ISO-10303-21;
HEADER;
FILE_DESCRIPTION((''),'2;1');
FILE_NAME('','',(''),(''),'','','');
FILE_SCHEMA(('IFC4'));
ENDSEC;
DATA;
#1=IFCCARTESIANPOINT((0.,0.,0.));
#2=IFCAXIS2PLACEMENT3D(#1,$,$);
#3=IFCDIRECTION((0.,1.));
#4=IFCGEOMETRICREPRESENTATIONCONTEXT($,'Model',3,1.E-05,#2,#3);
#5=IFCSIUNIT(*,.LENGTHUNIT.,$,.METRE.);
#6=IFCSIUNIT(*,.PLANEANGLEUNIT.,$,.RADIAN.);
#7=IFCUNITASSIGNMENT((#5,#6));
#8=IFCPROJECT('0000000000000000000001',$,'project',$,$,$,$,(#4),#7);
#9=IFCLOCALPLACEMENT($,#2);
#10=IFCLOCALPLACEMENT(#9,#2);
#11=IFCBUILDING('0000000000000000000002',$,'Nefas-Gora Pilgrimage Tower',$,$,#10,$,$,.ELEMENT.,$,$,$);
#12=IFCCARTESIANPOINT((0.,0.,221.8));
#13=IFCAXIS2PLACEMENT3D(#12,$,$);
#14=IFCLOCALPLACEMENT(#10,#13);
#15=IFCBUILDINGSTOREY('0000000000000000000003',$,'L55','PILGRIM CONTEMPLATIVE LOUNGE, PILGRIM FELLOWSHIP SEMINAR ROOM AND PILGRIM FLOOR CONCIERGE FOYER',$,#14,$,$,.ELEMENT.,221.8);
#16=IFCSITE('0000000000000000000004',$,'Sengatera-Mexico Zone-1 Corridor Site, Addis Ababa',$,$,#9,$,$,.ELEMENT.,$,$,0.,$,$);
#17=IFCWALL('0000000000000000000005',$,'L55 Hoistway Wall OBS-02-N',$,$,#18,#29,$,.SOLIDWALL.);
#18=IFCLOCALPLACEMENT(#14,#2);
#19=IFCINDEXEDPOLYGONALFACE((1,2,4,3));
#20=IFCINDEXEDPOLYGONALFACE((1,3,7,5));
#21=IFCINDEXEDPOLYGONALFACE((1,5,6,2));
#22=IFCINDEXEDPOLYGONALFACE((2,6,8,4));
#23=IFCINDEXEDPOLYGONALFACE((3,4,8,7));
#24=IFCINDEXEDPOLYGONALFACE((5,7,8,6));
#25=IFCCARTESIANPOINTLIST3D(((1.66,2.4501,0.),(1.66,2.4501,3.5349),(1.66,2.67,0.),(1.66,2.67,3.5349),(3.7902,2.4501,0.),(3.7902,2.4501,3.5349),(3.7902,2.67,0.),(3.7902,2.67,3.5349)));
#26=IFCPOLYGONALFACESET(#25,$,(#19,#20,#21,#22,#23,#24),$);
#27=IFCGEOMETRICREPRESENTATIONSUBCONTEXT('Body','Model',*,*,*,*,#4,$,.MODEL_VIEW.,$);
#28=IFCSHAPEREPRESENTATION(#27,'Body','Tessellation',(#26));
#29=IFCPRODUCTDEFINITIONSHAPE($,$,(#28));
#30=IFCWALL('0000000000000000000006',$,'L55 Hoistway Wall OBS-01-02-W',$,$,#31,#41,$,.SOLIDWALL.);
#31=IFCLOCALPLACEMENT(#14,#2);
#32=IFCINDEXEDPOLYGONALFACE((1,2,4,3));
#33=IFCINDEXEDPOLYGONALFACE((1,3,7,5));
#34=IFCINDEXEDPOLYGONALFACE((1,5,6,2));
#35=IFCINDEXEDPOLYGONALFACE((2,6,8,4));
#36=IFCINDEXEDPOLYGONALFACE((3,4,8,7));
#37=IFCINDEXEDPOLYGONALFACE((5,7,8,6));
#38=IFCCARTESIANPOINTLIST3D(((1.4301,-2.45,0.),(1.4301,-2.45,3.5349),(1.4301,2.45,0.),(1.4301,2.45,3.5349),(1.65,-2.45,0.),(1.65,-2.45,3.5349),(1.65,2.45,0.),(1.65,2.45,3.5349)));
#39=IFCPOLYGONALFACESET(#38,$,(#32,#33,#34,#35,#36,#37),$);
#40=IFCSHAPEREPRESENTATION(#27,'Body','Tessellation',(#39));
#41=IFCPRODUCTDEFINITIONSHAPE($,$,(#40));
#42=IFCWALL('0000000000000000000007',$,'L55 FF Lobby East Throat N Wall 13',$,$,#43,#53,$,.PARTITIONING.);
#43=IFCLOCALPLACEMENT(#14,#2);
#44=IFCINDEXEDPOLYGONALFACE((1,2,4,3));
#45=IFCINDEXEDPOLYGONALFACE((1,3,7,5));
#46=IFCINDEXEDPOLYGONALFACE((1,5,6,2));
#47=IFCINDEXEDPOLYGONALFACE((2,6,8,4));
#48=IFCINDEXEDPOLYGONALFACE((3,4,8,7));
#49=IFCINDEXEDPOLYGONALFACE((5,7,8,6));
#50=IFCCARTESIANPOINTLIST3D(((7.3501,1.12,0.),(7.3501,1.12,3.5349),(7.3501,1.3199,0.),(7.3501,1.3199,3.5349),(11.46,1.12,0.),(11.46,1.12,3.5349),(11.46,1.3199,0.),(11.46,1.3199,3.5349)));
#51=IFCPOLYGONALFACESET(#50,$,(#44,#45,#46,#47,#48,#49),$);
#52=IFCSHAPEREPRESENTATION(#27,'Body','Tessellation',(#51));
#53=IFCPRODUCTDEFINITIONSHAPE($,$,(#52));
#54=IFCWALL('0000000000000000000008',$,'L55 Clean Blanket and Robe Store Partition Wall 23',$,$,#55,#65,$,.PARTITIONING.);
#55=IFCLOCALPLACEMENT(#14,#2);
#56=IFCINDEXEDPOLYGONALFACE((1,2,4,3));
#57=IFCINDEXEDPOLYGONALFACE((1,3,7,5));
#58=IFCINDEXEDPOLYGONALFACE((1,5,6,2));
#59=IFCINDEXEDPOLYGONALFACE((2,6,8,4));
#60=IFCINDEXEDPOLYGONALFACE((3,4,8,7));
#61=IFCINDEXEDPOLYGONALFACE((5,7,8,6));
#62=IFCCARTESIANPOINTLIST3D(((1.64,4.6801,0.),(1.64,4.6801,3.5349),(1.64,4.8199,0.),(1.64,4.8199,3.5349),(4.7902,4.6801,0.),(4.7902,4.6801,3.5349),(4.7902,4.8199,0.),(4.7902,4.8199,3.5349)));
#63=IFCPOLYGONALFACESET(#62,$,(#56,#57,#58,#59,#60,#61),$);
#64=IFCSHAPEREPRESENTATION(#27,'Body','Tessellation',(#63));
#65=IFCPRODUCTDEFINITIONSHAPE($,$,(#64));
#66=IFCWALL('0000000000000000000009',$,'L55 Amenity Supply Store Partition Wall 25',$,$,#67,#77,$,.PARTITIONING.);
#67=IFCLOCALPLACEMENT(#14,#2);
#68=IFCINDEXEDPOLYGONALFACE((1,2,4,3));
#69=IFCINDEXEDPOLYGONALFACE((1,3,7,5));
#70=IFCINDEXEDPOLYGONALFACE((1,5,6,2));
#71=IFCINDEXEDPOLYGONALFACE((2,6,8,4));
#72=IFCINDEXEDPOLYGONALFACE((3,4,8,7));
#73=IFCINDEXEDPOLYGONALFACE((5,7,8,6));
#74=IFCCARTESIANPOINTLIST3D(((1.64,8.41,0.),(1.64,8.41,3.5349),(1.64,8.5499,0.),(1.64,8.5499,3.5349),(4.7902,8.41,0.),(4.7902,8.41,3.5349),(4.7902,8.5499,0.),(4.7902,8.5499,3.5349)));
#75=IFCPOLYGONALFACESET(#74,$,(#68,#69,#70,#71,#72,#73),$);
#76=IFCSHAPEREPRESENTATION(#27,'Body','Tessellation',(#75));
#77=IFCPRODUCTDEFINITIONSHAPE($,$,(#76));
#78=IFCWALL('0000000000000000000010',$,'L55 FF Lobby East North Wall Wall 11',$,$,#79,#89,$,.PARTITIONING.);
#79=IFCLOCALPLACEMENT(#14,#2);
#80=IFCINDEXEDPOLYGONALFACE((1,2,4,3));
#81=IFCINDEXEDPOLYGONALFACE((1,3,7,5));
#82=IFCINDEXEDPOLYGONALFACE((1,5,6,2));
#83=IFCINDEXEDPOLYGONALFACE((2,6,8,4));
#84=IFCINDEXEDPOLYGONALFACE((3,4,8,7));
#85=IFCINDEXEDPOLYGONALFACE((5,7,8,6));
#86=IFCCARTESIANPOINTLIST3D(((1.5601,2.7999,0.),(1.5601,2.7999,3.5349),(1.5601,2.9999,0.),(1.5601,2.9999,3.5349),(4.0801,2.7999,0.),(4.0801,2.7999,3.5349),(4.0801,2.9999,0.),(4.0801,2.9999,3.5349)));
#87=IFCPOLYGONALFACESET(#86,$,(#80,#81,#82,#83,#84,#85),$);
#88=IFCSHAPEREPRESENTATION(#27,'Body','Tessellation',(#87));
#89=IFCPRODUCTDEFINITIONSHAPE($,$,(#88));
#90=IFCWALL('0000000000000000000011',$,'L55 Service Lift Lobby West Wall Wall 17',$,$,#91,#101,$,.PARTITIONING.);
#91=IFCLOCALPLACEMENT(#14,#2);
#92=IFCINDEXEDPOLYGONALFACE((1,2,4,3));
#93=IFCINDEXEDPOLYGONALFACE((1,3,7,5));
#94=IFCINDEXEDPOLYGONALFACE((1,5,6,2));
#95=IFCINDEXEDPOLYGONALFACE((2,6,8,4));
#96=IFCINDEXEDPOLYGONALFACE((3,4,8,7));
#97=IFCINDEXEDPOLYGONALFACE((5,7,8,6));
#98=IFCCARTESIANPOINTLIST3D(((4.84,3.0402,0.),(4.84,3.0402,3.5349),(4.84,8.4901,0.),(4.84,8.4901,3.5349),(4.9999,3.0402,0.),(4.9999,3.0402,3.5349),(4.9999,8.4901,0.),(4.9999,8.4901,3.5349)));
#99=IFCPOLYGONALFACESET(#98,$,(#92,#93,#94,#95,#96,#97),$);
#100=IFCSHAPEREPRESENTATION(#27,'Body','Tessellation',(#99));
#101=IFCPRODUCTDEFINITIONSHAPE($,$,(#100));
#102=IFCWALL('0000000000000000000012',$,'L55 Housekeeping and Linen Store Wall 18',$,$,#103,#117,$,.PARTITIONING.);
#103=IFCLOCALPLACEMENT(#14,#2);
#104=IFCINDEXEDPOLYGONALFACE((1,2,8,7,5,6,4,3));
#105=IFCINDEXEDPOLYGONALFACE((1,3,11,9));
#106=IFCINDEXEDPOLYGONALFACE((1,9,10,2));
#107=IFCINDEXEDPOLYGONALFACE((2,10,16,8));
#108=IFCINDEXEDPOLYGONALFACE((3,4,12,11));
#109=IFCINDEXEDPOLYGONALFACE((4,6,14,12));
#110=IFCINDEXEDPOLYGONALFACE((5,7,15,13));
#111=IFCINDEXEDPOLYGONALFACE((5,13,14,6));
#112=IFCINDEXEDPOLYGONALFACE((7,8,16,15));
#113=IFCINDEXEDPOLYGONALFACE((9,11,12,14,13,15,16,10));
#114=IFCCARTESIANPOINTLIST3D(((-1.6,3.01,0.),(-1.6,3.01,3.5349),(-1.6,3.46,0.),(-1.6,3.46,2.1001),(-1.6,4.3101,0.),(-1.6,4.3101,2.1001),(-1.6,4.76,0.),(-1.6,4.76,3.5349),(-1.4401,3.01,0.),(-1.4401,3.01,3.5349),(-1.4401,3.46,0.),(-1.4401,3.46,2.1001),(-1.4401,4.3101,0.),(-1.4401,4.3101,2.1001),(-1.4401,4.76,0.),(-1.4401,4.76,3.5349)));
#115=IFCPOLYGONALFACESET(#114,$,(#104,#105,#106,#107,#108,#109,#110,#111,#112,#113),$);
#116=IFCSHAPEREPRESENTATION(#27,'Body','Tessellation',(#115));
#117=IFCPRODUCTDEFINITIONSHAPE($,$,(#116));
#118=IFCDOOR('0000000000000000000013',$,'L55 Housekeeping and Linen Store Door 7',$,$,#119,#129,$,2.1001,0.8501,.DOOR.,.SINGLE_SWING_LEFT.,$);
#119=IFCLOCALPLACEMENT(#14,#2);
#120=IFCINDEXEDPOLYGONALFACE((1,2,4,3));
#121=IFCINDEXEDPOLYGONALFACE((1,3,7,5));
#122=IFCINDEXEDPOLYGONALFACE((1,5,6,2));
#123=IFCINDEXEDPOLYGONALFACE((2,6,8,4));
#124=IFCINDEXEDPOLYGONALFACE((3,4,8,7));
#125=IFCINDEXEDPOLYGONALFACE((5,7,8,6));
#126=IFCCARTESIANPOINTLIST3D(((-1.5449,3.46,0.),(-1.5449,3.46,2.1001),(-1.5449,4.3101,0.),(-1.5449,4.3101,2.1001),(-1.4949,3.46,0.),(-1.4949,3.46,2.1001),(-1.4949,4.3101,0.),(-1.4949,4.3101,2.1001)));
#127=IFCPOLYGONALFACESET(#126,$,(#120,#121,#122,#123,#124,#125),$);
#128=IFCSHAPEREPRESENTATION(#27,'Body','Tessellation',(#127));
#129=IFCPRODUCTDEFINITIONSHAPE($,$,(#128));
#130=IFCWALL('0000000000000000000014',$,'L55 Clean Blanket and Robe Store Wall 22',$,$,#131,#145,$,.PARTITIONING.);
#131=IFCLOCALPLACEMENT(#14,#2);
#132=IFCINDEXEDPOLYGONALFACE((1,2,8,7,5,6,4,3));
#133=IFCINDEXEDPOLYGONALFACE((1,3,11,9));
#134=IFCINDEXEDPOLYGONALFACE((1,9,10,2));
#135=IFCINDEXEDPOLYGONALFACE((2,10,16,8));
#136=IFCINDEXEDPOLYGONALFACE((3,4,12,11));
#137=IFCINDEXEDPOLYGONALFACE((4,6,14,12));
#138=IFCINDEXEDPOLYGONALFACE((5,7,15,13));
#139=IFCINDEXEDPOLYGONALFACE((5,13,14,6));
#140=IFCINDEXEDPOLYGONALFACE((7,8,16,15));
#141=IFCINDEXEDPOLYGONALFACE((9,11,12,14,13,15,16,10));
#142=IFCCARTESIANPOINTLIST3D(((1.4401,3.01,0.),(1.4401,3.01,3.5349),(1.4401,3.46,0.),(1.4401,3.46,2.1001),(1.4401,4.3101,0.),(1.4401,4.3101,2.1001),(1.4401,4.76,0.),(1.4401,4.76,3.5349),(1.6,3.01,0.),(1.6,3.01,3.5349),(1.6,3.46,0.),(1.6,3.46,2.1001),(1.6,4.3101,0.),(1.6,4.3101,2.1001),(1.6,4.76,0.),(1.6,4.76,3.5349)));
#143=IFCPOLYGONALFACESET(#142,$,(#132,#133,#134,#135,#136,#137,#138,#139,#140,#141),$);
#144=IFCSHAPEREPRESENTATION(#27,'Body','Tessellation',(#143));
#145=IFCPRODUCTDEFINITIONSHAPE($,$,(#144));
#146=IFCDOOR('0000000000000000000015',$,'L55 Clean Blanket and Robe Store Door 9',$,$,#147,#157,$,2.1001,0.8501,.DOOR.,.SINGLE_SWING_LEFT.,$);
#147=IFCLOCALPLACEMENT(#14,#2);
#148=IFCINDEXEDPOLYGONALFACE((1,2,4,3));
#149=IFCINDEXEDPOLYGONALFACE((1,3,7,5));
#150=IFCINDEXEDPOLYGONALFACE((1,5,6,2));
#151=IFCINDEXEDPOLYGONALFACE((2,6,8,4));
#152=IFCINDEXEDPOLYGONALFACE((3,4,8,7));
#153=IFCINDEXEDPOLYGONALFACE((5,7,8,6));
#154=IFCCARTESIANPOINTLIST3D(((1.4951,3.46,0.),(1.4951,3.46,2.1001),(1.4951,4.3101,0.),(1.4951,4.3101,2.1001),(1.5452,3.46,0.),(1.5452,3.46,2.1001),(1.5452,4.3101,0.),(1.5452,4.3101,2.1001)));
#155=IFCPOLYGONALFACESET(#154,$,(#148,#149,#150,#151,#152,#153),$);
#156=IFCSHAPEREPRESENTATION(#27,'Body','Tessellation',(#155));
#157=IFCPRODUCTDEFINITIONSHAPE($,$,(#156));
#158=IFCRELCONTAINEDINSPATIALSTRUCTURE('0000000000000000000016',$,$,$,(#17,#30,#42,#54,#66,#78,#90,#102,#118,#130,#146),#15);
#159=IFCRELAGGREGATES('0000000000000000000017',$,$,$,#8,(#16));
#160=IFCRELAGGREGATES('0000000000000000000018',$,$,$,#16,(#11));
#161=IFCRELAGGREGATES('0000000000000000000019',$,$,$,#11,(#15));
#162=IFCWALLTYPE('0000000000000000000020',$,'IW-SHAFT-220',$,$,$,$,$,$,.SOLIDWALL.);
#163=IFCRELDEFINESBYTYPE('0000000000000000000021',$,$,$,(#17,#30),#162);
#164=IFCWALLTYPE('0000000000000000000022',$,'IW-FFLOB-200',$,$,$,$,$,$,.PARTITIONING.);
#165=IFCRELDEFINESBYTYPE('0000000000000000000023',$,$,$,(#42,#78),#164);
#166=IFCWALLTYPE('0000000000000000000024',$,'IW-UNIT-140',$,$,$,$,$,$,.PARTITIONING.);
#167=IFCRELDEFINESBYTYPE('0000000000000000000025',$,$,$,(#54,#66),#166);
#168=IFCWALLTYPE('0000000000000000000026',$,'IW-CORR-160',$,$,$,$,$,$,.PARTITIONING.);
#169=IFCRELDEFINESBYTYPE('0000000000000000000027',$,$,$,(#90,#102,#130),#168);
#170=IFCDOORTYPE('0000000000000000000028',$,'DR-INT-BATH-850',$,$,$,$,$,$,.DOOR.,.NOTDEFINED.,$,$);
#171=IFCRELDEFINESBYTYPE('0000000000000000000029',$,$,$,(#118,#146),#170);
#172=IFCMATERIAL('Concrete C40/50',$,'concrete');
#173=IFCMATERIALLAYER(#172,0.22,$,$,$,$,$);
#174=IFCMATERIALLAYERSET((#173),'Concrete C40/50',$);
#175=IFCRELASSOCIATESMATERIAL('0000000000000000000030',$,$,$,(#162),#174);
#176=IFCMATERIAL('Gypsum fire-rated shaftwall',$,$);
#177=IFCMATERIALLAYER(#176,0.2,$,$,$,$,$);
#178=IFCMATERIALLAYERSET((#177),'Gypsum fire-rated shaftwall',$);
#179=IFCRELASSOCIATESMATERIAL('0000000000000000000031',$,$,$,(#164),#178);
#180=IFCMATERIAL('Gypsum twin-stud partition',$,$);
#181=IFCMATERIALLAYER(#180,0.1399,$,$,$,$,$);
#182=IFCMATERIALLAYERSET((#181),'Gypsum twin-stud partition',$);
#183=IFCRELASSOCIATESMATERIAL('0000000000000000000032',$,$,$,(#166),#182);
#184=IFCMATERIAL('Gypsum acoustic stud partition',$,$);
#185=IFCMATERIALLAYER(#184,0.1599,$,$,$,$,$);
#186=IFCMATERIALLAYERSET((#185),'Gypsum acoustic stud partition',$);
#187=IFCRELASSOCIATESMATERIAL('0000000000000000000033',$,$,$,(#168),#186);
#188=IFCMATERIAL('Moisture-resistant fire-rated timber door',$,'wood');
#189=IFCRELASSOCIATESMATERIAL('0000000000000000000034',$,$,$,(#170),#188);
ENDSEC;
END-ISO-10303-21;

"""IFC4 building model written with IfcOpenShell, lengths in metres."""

from ifc_helpers import new_model, si_unit, direction, frame, frame_2d, origin, place, context, subcontext, project, spatial, rectangle, extrude, source, transform, mapped, material, layer, layer_set, type_object, element, fill, save


model = new_model("IFC4")

# Units and contexts
model_context = context("Model", 3, precision=1e-05, world=origin(), true_north=direction((0.0, 1.0)))
body_context = subcontext(model_context, "Body", "Model", "MODEL_VIEW")
ifc_project = project(units=[si_unit("LENGTHUNIT", "METRE"), si_unit("PLANEANGLEUNIT", "RADIAN")], contexts=[model_context])

# Site, building, storey
site_placement = place(None, origin())
site = spatial("IfcSite", under=ifc_project, at=site_placement, Name="Sengatera-Mexico Zone-1 Corridor Site, Addis Ababa", CompositionType="ELEMENT", RefElevation=0.0)
building_placement = place(site_placement, origin())
building = spatial("IfcBuilding", under=site, at=building_placement, Name="Nefas-Gora Pilgrimage Tower", CompositionType="ELEMENT")
storey_placement = place(building_placement, frame((0.0, 0.0, 221.8)))
storey = spatial("IfcBuildingStorey", under=building, at=storey_placement, Name="L55", Description="PILGRIM CONTEMPLATIVE LOUNGE, PILGRIM FELLOWSHIP SEMINAR ROOM AND PILGRIM FLOOR CONCIERGE FOYER", CompositionType="ELEMENT", Elevation=221.8)

# Shared definitions
ifc_material_1 = material(Name="Concrete C40/50", Category="concrete")

# Shared definitions
ifc_layer_1 = layer(ifc_material_1, 0.22)
ifc_layer_set_1 = layer_set([ifc_layer_1], Name="Concrete C40/50")
wall_type_1 = type_object("IfcWallType", Name="IW-SHAFT-220", PredefinedType="SOLIDWALL", material=ifc_layer_set_1)

# Walls
shared_shape_1 = source(origin(), body_context, "Body", "SweptSolid", [
    extrude(rectangle(XDim=2.1301, YDim=0.22, at=frame_2d((1.0649, 0.0))), origin(), (0.0, 0.0, 1.0), 3.5349),
])
for number, where, z_axis, x_axis, name in (
    (1, (3.79, 2.5601, 0.0), (0.0, 0.0, 1.0), (-1.0, 0.0, 0.0), "L55 Hoistway Wall OBS-02-N"),
):
    element("IfcWall", number, at=place(storey_placement, frame(where, z_axis=z_axis, x_axis=x_axis)), inside=storey, type_object=wall_type_1, Name=name, PredefinedType="SOLIDWALL", context=body_context, shape_type="MappedRepresentation", body=[
        mapped(shared_shape_1, transform((0.0, 0.0, 0.0), x_axis=(1.0, 0.0, 0.0), y_axis=(0.0, 1.0, 0.0), z_axis=(0.0, 0.0, 1.0), scale=1.0)),
    ])
shared_shape_2 = source(origin(), body_context, "Body", "SweptSolid", [
    extrude(rectangle(XDim=4.8999, YDim=0.22, at=frame_2d((2.45, 0.0))), origin(), (0.0, 0.0, 1.0), 3.5349),
])
wall_1_placement = place(storey_placement, frame((1.54, 2.45, 0.0), z_axis=(0.0, 0.0, 1.0), x_axis=(0.0, -1.0, 0.0)))
element("IfcWall", 2, at=wall_1_placement, inside=storey, type_object=wall_type_1, Name="L55 Hoistway Wall OBS-01-02-W", PredefinedType="SOLIDWALL", context=body_context, shape_type="MappedRepresentation", body=[
    mapped(shared_shape_2, transform((0.0, 0.0, 0.0), x_axis=(1.0, 0.0, 0.0), y_axis=(0.0, 1.0, 0.0), z_axis=(0.0, 0.0, 1.0), scale=1.0)),
])

# Shared definitions
ifc_material_2 = material(Name="Gypsum fire-rated shaftwall")
ifc_layer_2 = layer(ifc_material_2, 0.2)
ifc_layer_set_2 = layer_set([ifc_layer_2], Name="Gypsum fire-rated shaftwall")
wall_type_2 = type_object("IfcWallType", Name="IW-FFLOB-200", PredefinedType="PARTITIONING", material=ifc_layer_set_2)

# Walls
shared_shape_3 = source(origin(), body_context, "Body", "SweptSolid", [
    extrude(rectangle(XDim=4.1099, YDim=0.2, at=frame_2d((2.0549, 0.0))), origin(), (0.0, 0.0, 1.0), 3.5349),
])
wall_2_placement = place(storey_placement, frame((7.3501, 1.22, 0.0), z_axis=(0.0, 0.0, 1.0), x_axis=(1.0, 0.0, 0.0)))
element("IfcWall", 3, at=wall_2_placement, inside=storey, type_object=wall_type_2, Name="L55 FF Lobby East Throat N Wall 13", PredefinedType="PARTITIONING", context=body_context, shape_type="MappedRepresentation", body=[
    mapped(shared_shape_3, transform((0.0, 0.0, 0.0), x_axis=(1.0, 0.0, 0.0), y_axis=(0.0, 1.0, 0.0), z_axis=(0.0, 0.0, 1.0), scale=1.0)),
])
ifc_material_3 = material(Name="Gypsum twin-stud partition")
ifc_layer_3 = layer(ifc_material_3, 0.1399)
ifc_layer_set_3 = layer_set([ifc_layer_3], Name="Gypsum twin-stud partition")
wall_type_3 = type_object("IfcWallType", Name="IW-UNIT-140", PredefinedType="PARTITIONING", material=ifc_layer_set_3)
shared_shape_4 = source(origin(), body_context, "Body", "SweptSolid", [
    extrude(rectangle(XDim=3.1501, YDim=0.1399, at=frame_2d((1.5752, 0.0))), origin(), (0.0, 0.0, 1.0), 3.5349),
])
for number, where, z_axis, x_axis, name in (
    (4, (1.6399, 4.75, 0.0), (0.0, 0.0, 1.0), (1.0, 0.0, 0.0), "L55 Clean Blanket and Robe Store Partition Wall 23"),
    (5, (1.6399, 8.48, 0.0), (0.0, 0.0, 1.0), (1.0, 0.0, 0.0), "L55 Amenity Supply Store Partition Wall 25"),
):
    element("IfcWall", number, at=place(storey_placement, frame(where, z_axis=z_axis, x_axis=x_axis)), inside=storey, type_object=wall_type_3, Name=name, PredefinedType="PARTITIONING", context=body_context, shape_type="MappedRepresentation", body=[
        mapped(shared_shape_4, transform((0.0, 0.0, 0.0), x_axis=(1.0, 0.0, 0.0), y_axis=(0.0, 1.0, 0.0), z_axis=(0.0, 0.0, 1.0), scale=1.0)),
    ])
shared_shape_5 = source(origin(), body_context, "Body", "SweptSolid", [
    extrude(rectangle(XDim=2.52, YDim=0.2, at=frame_2d((1.26, 0.0))), origin(), (0.0, 0.0, 1.0), 3.5349),
])
wall_3_placement = place(storey_placement, frame((1.5601, 2.8999, 0.0), z_axis=(0.0, 0.0, 1.0), x_axis=(1.0, 0.0, 0.0)))
element("IfcWall", 6, at=wall_3_placement, inside=storey, type_object=wall_type_2, Name="L55 FF Lobby East North Wall Wall 11", PredefinedType="PARTITIONING", context=body_context, shape_type="MappedRepresentation", body=[
    mapped(shared_shape_5, transform((0.0, 0.0, 0.0), x_axis=(1.0, 0.0, 0.0), y_axis=(0.0, 1.0, 0.0), z_axis=(0.0, 0.0, 1.0), scale=1.0)),
])
ifc_material_4 = material(Name="Gypsum acoustic stud partition")
ifc_layer_4 = layer(ifc_material_4, 0.1599)
ifc_layer_set_4 = layer_set([ifc_layer_4], Name="Gypsum acoustic stud partition")
wall_type_4 = type_object("IfcWallType", Name="IW-CORR-160", PredefinedType="PARTITIONING", material=ifc_layer_set_4)
shared_shape_6 = source(origin(), body_context, "Body", "SweptSolid", [
    extrude(rectangle(XDim=5.45, YDim=0.1599, at=frame_2d((2.7251, 0.0))), origin(), (0.0, 0.0, 1.0), 3.5349),
])
wall_4_placement = place(storey_placement, frame((4.9199, 3.04, 0.0), z_axis=(0.0, 0.0, 1.0), x_axis=(0.0, 1.0, 0.0)))
element("IfcWall", 7, at=wall_4_placement, inside=storey, type_object=wall_type_4, Name="L55 Service Lift Lobby West Wall Wall 17", PredefinedType="PARTITIONING", context=body_context, shape_type="MappedRepresentation", body=[
    mapped(shared_shape_6, transform((0.0, 0.0, 0.0), x_axis=(1.0, 0.0, 0.0), y_axis=(0.0, 1.0, 0.0), z_axis=(0.0, 0.0, 1.0), scale=1.0)),
])

# Walls, openings, doors
shared_shape_7 = source(origin(), body_context, "Body", "SweptSolid", [
    extrude(rectangle(XDim=1.75, YDim=0.1599, at=frame_2d((0.875, 0.0))), origin(), (0.0, 0.0, 1.0), 3.5349),
])
wall_5_placement = place(storey_placement, frame((-1.52, 3.01, 0.0), z_axis=(0.0, 0.0, 1.0), x_axis=(0.0, 1.0, 0.0)))
wall_5 = element("IfcWall", 8, at=wall_5_placement, inside=storey, type_object=wall_type_4, Name="L55 Housekeeping and Linen Store Wall 18", PredefinedType="PARTITIONING", context=body_context, shape_type="MappedRepresentation", body=[
    mapped(shared_shape_7, transform((0.0, 0.0, 0.0), x_axis=(1.0, 0.0, 0.0), y_axis=(0.0, 1.0, 0.0), z_axis=(0.0, 0.0, 1.0), scale=1.0)),
])
opening_1_placement = place(wall_5_placement, frame((0.45, 0.0, 0.0)))
opening_1 = element("IfcOpeningElement", 9, at=opening_1_placement, cuts=wall_5, PredefinedType="OPENING", context=body_context, shape_type="SweptSolid", body=[
    extrude(rectangle(XDim=0.8501, YDim=2.1001, at=frame_2d((0.425, 1.05))), frame((0.0, 0.0898, 0.0), z_axis=(0.0, -1.0, 0.0), x_axis=(1.0, 0.0, 0.0)), (0.0, 0.0, 1.0), 0.1799),
])
ifc_material_5 = material(Name="Moisture-resistant fire-rated timber door", Category="wood")
door_type_1 = type_object("IfcDoorType", Name="DR-INT-BATH-850", OperationType="NOTDEFINED", PredefinedType="DOOR", material=ifc_material_5)
shared_shape_8 = source(origin(), body_context, "Body", "SweptSolid", [
    extrude(rectangle(XDim=0.8501, YDim=2.1001, at=frame_2d((0.425, 1.05))), frame((0.0, 0.0249, 0.0), z_axis=(0.0, -1.0, 0.0), x_axis=(1.0, 0.0, 0.0)), (0.0, 0.0, 1.0), 0.05),
])
door_1_placement = place(opening_1_placement, origin())
door_1 = element("IfcDoor", 10, at=door_1_placement, inside=storey, type_object=door_type_1, Name="L55 Housekeeping and Linen Store Door 7", OperationType="SINGLE_SWING_LEFT", OverallHeight=2.1001, OverallWidth=0.8501, PredefinedType="DOOR", context=body_context, shape_type="MappedRepresentation", body=[
    mapped(shared_shape_8, transform((0.0, 0.0, 0.0), x_axis=(1.0, 0.0, 0.0), y_axis=(0.0, 1.0, 0.0), z_axis=(0.0, 0.0, 1.0), scale=1.0)),
])
fill(opening_1, door_1)
wall_6_placement = place(storey_placement, frame((1.52, 3.01, 0.0), z_axis=(0.0, 0.0, 1.0), x_axis=(0.0, 1.0, 0.0)))
wall_6 = element("IfcWall", 11, at=wall_6_placement, inside=storey, type_object=wall_type_4, Name="L55 Clean Blanket and Robe Store Wall 22", PredefinedType="PARTITIONING", context=body_context, shape_type="MappedRepresentation", body=[
    mapped(shared_shape_7, transform((0.0, 0.0, 0.0), x_axis=(1.0, 0.0, 0.0), y_axis=(0.0, 1.0, 0.0), z_axis=(0.0, 0.0, 1.0), scale=1.0)),
])
opening_2_placement = place(wall_6_placement, frame((0.45, 0.0, 0.0)))
opening_2 = element("IfcOpeningElement", 12, at=opening_2_placement, cuts=wall_6, PredefinedType="OPENING", context=body_context, shape_type="SweptSolid", body=[
    extrude(rectangle(XDim=0.8501, YDim=2.1001, at=frame_2d((0.425, 1.05))), frame((0.0, 0.0898, 0.0), z_axis=(0.0, -1.0, 0.0), x_axis=(1.0, 0.0, 0.0)), (0.0, 0.0, 1.0), 0.1799),
])
door_2_placement = place(opening_2_placement, origin())
door_2 = element("IfcDoor", 13, at=door_2_placement, inside=storey, type_object=door_type_1, Name="L55 Clean Blanket and Robe Store Door 9", OperationType="SINGLE_SWING_LEFT", OverallHeight=2.1001, OverallWidth=0.8501, PredefinedType="DOOR", context=body_context, shape_type="MappedRepresentation", body=[
    mapped(shared_shape_8, transform((0.0, 0.0, 0.0), x_axis=(1.0, 0.0, 0.0), y_axis=(0.0, 1.0, 0.0), z_axis=(0.0, 0.0, 1.0), scale=1.0)),
])
fill(opening_2, door_2)

save(model, "model.ifc")
